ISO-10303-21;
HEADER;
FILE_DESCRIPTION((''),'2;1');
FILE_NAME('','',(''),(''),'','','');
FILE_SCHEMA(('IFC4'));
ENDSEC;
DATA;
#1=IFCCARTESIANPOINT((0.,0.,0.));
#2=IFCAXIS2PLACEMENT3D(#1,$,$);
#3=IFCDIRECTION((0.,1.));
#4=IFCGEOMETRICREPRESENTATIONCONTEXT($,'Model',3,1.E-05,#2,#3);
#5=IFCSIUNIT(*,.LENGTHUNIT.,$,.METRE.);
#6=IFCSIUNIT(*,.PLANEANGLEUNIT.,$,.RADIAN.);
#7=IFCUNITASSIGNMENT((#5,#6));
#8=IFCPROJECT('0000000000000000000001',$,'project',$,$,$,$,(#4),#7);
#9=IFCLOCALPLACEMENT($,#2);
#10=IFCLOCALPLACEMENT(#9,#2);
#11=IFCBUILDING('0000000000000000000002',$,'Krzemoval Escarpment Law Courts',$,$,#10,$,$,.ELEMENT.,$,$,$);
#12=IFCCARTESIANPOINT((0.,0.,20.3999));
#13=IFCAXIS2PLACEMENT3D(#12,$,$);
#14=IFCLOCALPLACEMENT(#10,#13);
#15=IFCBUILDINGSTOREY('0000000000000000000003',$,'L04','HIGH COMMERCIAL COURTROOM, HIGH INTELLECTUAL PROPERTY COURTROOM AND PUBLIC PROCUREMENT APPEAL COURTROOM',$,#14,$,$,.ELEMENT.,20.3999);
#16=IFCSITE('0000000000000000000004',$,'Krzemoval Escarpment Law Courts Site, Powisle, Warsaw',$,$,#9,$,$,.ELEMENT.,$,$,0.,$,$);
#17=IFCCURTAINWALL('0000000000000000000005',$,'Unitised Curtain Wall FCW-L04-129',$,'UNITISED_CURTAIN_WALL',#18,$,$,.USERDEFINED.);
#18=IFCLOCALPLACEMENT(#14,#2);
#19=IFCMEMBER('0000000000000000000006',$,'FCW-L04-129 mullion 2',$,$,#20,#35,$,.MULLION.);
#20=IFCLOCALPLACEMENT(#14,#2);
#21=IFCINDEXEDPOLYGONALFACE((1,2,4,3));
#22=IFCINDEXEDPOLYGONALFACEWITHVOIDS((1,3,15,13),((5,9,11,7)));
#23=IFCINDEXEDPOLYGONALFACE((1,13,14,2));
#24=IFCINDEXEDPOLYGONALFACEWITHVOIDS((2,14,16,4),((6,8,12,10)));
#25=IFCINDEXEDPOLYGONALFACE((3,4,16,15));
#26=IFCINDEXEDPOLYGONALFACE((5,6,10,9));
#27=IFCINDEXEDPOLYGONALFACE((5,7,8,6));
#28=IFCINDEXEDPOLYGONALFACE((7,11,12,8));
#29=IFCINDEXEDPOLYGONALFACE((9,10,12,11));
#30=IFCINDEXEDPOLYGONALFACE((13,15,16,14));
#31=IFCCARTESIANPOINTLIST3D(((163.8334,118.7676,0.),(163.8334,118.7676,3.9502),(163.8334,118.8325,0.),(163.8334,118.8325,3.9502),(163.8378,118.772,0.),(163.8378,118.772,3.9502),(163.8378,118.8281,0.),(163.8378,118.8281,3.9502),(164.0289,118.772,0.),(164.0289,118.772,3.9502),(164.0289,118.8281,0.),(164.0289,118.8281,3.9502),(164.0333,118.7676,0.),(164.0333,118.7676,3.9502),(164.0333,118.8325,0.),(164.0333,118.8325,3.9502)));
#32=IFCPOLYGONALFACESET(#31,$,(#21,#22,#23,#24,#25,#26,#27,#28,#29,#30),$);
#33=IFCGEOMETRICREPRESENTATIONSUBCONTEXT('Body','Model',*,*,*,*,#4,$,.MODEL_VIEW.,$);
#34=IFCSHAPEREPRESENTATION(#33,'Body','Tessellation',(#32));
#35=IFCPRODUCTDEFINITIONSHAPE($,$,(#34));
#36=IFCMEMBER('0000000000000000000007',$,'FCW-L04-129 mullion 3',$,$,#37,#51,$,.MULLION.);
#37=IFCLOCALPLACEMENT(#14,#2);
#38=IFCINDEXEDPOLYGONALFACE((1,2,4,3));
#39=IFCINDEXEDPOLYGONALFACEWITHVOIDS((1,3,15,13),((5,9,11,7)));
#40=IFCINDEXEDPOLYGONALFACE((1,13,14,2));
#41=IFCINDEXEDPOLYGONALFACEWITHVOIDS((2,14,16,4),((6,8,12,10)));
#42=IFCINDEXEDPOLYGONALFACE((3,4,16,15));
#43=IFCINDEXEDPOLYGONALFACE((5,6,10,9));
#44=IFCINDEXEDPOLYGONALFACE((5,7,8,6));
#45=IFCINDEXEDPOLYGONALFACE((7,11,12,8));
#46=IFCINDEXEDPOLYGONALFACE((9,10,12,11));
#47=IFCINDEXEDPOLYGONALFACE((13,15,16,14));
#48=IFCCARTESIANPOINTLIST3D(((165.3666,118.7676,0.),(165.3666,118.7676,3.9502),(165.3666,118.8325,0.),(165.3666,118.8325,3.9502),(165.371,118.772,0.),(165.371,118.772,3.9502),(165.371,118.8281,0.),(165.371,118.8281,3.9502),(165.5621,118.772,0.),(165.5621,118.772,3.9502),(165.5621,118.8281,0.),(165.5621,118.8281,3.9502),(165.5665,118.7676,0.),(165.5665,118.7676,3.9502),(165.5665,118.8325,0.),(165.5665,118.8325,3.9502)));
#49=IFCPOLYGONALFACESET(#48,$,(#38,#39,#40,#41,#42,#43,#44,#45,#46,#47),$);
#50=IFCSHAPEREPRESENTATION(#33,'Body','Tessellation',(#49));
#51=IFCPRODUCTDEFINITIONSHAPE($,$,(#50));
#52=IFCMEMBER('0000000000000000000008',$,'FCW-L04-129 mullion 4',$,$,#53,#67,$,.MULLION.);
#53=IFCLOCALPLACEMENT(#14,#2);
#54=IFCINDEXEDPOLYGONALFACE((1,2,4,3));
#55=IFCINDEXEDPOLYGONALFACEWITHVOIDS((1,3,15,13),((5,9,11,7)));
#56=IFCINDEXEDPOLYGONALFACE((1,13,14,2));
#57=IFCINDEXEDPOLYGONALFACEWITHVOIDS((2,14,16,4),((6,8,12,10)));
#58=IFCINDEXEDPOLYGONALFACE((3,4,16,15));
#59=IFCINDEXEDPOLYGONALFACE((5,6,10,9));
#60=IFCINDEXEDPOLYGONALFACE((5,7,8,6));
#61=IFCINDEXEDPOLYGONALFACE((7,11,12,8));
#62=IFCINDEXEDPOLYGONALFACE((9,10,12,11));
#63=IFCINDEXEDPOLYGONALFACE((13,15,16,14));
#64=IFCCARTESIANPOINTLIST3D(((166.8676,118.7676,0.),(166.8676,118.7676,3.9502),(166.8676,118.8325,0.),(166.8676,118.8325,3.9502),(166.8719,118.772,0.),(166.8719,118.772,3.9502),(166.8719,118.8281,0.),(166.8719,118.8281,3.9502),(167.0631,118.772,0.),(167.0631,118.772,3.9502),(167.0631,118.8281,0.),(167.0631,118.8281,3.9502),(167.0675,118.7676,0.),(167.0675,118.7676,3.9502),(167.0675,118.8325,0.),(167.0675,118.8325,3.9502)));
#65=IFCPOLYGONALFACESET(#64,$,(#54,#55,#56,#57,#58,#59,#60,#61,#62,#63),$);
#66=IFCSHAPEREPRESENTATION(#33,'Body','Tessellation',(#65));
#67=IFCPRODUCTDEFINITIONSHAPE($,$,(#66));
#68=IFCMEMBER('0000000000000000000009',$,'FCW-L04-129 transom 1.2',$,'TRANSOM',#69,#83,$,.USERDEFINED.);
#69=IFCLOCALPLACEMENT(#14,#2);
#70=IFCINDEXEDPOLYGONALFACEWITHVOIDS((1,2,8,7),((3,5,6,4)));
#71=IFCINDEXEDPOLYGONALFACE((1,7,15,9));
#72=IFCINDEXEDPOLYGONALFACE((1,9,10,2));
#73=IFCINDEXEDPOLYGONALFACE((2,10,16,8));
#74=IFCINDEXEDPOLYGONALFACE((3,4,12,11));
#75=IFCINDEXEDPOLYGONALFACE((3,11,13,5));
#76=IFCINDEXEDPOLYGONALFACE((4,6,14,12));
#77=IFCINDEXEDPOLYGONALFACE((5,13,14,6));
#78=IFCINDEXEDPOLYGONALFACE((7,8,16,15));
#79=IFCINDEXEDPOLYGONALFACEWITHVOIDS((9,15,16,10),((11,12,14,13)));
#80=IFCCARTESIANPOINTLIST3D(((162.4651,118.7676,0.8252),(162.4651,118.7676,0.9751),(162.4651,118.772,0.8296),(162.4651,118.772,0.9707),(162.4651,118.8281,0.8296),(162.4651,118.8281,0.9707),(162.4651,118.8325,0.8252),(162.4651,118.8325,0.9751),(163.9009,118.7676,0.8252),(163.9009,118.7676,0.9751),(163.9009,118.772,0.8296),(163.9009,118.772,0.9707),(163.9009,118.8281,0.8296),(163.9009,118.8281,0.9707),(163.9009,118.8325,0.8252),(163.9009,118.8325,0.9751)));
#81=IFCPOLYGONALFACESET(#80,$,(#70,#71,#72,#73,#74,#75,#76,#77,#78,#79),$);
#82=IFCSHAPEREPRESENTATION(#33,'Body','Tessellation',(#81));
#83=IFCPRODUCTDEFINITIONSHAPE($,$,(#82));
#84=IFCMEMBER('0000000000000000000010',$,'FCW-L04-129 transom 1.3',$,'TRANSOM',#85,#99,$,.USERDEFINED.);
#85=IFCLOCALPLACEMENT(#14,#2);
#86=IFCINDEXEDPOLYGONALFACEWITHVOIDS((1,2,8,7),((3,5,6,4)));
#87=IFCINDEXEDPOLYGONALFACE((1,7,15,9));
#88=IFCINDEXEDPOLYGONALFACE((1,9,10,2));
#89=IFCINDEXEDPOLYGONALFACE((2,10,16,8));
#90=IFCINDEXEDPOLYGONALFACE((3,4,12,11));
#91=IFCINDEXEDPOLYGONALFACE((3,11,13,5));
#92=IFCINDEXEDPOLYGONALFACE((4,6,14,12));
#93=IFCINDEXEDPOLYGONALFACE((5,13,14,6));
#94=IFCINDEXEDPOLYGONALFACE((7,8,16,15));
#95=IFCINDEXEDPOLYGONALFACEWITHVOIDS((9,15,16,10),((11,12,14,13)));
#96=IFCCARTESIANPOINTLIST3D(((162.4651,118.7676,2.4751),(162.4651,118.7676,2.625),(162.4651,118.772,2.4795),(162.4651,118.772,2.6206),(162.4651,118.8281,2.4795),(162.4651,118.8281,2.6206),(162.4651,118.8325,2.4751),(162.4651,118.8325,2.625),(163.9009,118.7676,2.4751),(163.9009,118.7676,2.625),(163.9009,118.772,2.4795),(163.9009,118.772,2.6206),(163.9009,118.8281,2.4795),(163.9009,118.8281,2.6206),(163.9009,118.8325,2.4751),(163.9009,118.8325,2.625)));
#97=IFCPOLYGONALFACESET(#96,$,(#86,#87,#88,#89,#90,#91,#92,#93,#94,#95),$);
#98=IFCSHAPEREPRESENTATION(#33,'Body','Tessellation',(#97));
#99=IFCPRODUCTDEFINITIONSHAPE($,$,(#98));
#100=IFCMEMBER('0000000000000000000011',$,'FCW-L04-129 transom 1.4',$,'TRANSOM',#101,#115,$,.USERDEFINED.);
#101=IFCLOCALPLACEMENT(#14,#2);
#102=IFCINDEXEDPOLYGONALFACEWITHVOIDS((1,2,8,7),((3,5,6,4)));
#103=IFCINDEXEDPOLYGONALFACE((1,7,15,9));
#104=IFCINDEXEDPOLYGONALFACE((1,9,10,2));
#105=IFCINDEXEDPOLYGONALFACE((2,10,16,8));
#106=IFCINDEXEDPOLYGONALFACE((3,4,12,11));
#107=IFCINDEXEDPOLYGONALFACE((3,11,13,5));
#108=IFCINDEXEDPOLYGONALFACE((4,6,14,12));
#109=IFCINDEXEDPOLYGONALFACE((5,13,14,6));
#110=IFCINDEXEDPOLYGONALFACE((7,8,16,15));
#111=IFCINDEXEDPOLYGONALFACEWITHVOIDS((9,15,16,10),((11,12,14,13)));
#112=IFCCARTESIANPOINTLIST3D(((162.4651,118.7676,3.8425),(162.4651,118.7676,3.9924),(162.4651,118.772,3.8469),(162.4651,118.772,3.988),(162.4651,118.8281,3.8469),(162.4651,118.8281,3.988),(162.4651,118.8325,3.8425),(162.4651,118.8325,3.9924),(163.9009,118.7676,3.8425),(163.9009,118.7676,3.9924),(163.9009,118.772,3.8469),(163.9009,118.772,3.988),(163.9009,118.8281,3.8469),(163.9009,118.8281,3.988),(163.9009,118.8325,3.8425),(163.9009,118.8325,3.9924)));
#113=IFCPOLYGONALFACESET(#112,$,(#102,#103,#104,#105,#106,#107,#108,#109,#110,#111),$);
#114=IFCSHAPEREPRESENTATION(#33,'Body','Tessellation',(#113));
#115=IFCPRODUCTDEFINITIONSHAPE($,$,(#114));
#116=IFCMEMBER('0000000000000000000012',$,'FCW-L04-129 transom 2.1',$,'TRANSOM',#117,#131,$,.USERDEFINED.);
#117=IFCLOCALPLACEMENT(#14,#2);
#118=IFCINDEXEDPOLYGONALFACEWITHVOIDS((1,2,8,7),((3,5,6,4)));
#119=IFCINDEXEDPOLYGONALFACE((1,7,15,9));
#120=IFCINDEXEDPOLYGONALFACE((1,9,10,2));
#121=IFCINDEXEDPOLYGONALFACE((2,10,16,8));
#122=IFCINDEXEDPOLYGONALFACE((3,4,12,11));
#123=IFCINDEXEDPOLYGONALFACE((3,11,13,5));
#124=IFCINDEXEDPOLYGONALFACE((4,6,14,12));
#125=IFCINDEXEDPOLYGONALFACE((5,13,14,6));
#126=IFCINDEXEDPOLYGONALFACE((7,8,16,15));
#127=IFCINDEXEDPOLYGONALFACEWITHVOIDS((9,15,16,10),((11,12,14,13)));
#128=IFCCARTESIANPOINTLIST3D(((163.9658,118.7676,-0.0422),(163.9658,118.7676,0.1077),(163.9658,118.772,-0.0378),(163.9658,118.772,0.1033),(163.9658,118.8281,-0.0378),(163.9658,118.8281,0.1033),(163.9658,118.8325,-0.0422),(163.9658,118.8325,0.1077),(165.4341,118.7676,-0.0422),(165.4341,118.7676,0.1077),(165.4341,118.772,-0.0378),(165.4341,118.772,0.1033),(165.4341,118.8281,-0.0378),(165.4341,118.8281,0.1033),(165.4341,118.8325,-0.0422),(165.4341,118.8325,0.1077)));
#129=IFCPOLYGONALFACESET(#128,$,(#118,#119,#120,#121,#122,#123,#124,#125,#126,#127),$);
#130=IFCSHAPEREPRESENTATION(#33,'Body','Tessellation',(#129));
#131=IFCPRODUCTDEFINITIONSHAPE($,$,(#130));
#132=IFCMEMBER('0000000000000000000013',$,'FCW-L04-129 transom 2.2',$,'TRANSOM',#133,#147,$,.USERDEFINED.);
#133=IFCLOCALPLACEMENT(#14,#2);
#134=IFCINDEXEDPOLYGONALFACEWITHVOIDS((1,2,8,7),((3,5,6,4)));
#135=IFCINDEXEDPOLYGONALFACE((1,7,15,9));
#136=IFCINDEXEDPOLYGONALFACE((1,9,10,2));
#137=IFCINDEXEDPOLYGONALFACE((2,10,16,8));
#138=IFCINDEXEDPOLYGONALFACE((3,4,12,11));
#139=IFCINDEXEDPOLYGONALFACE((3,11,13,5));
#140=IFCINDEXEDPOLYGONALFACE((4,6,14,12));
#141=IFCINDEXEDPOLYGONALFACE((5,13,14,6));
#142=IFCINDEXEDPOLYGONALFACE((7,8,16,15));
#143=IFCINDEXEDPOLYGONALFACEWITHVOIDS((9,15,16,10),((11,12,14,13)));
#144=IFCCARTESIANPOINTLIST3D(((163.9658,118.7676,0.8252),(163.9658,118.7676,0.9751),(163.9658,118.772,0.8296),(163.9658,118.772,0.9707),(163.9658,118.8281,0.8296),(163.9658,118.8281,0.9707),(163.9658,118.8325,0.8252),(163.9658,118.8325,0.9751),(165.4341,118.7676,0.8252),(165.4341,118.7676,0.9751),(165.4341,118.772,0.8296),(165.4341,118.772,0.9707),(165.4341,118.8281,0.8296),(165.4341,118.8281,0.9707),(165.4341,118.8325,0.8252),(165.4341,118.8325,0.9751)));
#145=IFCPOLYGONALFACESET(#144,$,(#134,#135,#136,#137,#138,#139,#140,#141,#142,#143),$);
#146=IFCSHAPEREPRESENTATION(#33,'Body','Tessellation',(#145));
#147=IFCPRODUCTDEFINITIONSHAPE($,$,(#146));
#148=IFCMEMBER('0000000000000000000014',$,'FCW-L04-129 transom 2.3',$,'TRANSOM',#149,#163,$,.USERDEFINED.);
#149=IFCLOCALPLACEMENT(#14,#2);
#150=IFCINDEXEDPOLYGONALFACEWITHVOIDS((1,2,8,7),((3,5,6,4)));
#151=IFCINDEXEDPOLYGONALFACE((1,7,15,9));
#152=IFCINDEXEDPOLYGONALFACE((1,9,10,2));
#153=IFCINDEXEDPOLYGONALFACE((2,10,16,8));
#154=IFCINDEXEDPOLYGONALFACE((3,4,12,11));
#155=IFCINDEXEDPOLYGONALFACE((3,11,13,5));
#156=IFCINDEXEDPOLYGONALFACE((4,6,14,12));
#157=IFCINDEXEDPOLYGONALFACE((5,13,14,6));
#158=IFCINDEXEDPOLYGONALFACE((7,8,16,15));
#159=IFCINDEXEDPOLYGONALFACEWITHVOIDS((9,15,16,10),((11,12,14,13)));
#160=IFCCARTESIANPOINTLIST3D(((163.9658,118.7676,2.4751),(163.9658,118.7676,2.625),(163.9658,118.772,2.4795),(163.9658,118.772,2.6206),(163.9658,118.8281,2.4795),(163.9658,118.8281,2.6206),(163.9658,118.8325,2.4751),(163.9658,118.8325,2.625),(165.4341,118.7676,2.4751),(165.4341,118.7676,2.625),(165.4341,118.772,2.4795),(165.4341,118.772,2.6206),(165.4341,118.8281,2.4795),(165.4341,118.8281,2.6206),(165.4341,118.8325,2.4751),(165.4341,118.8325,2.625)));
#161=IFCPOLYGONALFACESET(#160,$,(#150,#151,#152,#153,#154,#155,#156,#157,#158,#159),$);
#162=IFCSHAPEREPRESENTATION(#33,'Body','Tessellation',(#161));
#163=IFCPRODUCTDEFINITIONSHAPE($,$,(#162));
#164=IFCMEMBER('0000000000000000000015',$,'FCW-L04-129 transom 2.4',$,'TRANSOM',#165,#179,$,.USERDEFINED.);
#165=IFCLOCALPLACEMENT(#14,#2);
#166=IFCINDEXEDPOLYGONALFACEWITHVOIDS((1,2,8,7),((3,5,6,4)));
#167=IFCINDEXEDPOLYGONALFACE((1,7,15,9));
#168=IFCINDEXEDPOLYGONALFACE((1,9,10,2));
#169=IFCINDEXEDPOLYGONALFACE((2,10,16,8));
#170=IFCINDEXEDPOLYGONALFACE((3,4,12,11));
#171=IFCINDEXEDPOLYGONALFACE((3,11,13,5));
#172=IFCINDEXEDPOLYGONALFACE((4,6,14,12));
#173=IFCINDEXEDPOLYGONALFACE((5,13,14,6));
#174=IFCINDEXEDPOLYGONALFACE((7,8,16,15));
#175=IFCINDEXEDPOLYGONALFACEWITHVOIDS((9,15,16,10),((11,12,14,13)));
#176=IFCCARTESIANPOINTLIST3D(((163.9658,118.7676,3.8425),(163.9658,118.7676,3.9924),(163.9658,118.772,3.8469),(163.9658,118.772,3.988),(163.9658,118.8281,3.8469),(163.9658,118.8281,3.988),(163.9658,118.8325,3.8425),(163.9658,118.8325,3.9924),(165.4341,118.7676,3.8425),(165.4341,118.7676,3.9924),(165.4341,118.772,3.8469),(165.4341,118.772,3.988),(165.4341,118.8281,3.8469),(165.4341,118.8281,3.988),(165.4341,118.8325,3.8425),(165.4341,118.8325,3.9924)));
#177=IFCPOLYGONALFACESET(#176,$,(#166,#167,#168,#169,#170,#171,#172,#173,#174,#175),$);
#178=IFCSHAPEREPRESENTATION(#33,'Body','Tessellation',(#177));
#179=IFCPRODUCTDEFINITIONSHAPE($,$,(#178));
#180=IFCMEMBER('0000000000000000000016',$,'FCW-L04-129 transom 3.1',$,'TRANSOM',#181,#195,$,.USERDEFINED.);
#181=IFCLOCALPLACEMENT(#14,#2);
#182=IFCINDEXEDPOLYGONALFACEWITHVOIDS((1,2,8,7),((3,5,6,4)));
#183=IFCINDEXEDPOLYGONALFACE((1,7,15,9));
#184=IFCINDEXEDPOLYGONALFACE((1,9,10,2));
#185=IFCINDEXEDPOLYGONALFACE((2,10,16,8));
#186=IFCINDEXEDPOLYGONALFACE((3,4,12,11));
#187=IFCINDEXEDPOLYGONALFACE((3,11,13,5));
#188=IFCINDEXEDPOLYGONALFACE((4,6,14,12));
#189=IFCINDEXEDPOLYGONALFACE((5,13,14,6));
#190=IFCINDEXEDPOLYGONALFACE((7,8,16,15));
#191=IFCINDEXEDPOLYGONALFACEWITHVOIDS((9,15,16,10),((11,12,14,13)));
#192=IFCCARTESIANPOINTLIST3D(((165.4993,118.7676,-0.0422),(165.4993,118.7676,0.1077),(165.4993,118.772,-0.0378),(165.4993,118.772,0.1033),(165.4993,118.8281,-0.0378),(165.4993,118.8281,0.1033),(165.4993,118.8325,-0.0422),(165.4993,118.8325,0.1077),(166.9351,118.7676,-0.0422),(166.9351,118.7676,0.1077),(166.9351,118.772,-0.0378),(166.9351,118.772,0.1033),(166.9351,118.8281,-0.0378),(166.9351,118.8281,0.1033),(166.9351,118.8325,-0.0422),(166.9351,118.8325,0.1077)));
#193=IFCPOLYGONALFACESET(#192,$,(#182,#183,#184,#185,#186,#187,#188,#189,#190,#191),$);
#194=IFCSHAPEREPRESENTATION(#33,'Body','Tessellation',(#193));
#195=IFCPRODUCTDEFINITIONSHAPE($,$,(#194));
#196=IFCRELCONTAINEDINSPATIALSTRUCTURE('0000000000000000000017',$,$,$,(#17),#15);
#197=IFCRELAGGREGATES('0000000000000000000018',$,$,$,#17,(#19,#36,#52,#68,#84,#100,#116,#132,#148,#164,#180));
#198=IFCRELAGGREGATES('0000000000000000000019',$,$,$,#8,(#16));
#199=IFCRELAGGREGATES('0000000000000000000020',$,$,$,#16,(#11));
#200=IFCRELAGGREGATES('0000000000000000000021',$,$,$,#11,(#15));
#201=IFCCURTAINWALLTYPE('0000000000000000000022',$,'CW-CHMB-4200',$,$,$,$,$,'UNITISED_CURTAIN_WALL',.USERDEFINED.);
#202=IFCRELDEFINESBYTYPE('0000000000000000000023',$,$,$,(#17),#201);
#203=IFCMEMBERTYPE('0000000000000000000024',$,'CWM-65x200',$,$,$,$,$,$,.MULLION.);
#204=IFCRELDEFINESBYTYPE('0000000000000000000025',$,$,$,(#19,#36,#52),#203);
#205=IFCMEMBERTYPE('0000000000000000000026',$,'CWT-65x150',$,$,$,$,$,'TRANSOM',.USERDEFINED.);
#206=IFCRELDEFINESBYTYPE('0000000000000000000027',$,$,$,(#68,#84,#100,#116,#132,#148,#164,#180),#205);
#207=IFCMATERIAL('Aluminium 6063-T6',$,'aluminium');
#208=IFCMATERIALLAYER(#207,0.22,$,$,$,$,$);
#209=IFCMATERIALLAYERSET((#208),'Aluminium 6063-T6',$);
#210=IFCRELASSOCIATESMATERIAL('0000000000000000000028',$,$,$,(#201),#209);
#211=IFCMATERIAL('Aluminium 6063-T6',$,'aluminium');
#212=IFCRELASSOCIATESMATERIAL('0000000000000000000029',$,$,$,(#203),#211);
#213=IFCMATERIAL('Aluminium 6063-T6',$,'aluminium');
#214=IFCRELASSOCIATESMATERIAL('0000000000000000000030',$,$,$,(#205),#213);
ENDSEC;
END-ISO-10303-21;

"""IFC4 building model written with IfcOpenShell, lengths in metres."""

from ifc_helpers import new_model, si_unit, direction, frame, origin, origin_2d, place, context, subcontext, project, spatial, hollow_rectangle, extrude, material, layer, layer_set, material_profile, profile_set, type_object, element, aggregate, save


model = new_model("IFC4")

# Units and contexts
model_context = context("Model", 3, precision=1e-05, world=origin(), true_north=direction((0.0, 1.0)))
body_context = subcontext(model_context, "Body", "Model", "MODEL_VIEW")
ifc_project = project(units=[si_unit("LENGTHUNIT", "METRE"), si_unit("PLANEANGLEUNIT", "RADIAN")], contexts=[model_context])

# Site, building, storey
site_placement = place(None, origin())
site = spatial("IfcSite", under=ifc_project, at=site_placement, Name="Krzemoval Escarpment Law Courts Site, Powisle, Warsaw", CompositionType="ELEMENT", RefElevation=0.0)
building_placement = place(site_placement, origin())
building = spatial("IfcBuilding", under=site, at=building_placement, Name="Krzemoval Escarpment Law Courts", CompositionType="ELEMENT")
storey_placement = place(building_placement, frame((0.0, 0.0, 20.3999)))
storey = spatial("IfcBuildingStorey", under=building, at=storey_placement, Name="L04", Description="HIGH COMMERCIAL COURTROOM, HIGH INTELLECTUAL PROPERTY COURTROOM AND PUBLIC PROCUREMENT APPEAL COURTROOM", CompositionType="ELEMENT", Elevation=20.3999)

# Curtain wall, members
ifc_material_1 = material(Name="Aluminium 6063-T6", Category="aluminium")
ifc_layer_1 = layer(ifc_material_1, 0.22)
ifc_layer_set_1 = layer_set([ifc_layer_1], Name="Aluminium 6063-T6")
curtain_wall_type = type_object("IfcCurtainWallType", Name="CW-CHMB-4200", ElementType="UNITISED_CURTAIN_WALL", PredefinedType="USERDEFINED", material=ifc_layer_set_1)
curtain_wall_placement = place(storey_placement, origin())
curtain_wall = element("IfcCurtainWall", 1, at=curtain_wall_placement, inside=storey, type_object=curtain_wall_type, Name="Unitised Curtain Wall FCW-L04-129", ObjectType="UNITISED_CURTAIN_WALL", PredefinedType="USERDEFINED")
ifc_material_2 = material(Name="Aluminium 6063-T6", Category="aluminium")
ifc_material_profile_1 = material_profile(ifc_material_2, hollow_rectangle(XDim=0.0649, YDim=0.2, WallThickness=0.0044, at=origin_2d()), Name="ALU M65x200")
ifc_profile_set_1 = profile_set([ifc_material_profile_1], Name="Aluminium 6063-T6")
member_type_1 = type_object("IfcMemberType", Name="CWM-65x200", PredefinedType="MULLION", material=ifc_profile_set_1)
member_1_placement = place(storey_placement, frame((163.9333, 118.8, 0.0), z_axis=(0.0, 0.0, 1.0), x_axis=(0.0, 1.0, 0.0)))
member_1 = element("IfcMember", 2, at=member_1_placement, type_object=member_type_1, Name="FCW-L04-129 mullion 2", PredefinedType="MULLION", context=body_context, shape_type="SweptSolid", body=[
    extrude(hollow_rectangle(XDim=0.0649, YDim=0.2, WallThickness=0.0044, at=origin_2d()), origin(), (0.0, 0.0, 1.0), 3.9502),
])
member_2_placement = place(storey_placement, frame((165.4666, 118.8, 0.0), z_axis=(0.0, 0.0, 1.0), x_axis=(0.0, 1.0, 0.0)))
member_2 = element("IfcMember", 3, at=member_2_placement, type_object=member_type_1, Name="FCW-L04-129 mullion 3", PredefinedType="MULLION", context=body_context, shape_type="SweptSolid", body=[
    extrude(hollow_rectangle(XDim=0.0649, YDim=0.2, WallThickness=0.0044, at=origin_2d()), origin(), (0.0, 0.0, 1.0), 3.9502),
])
member_3_placement = place(storey_placement, frame((166.9675, 118.8, 0.0), z_axis=(0.0, 0.0, 1.0), x_axis=(0.0, 1.0, 0.0)))
member_3 = element("IfcMember", 4, at=member_3_placement, type_object=member_type_1, Name="FCW-L04-129 mullion 4", PredefinedType="MULLION", context=body_context, shape_type="SweptSolid", body=[
    extrude(hollow_rectangle(XDim=0.0649, YDim=0.2, WallThickness=0.0044, at=origin_2d()), origin(), (0.0, 0.0, 1.0), 3.9502),
])
ifc_material_3 = material(Name="Aluminium 6063-T6", Category="aluminium")
ifc_material_profile_2 = material_profile(ifc_material_3, hollow_rectangle(XDim=0.0649, YDim=0.1499, WallThickness=0.0044, at=origin_2d()), Name="ALU T65x150")
ifc_profile_set_2 = profile_set([ifc_material_profile_2], Name="Aluminium 6063-T6")
member_type_2 = type_object("IfcMemberType", Name="CWT-65x150", ElementType="TRANSOM", PredefinedType="USERDEFINED", material=ifc_profile_set_2)
member_4_placement = place(storey_placement, frame((162.4651, 118.8, 0.9001), z_axis=(1.0, 0.0, 0.0), x_axis=(0.0, 1.0, 0.0)))
member_4 = element("IfcMember", 5, at=member_4_placement, type_object=member_type_2, Name="FCW-L04-129 transom 1.2", ObjectType="TRANSOM", PredefinedType="USERDEFINED", context=body_context, shape_type="SweptSolid", body=[
    extrude(hollow_rectangle(XDim=0.0649, YDim=0.1499, WallThickness=0.0044, at=origin_2d()), origin(), (0.0, 0.0, 1.0), 1.4358),
])
member_5_placement = place(storey_placement, frame((162.4651, 118.8, 2.55), z_axis=(1.0, 0.0, 0.0), x_axis=(0.0, 1.0, 0.0)))
member_5 = element("IfcMember", 6, at=member_5_placement, type_object=member_type_2, Name="FCW-L04-129 transom 1.3", ObjectType="TRANSOM", PredefinedType="USERDEFINED", context=body_context, shape_type="SweptSolid", body=[
    extrude(hollow_rectangle(XDim=0.0649, YDim=0.1499, WallThickness=0.0044, at=origin_2d()), origin(), (0.0, 0.0, 1.0), 1.4358),
])
member_6_placement = place(storey_placement, frame((162.4651, 118.8, 3.9175), z_axis=(1.0, 0.0, 0.0), x_axis=(0.0, 1.0, 0.0)))
member_6 = element("IfcMember", 7, at=member_6_placement, type_object=member_type_2, Name="FCW-L04-129 transom 1.4", ObjectType="TRANSOM", PredefinedType="USERDEFINED", context=body_context, shape_type="SweptSolid", body=[
    extrude(hollow_rectangle(XDim=0.0649, YDim=0.1499, WallThickness=0.0044, at=origin_2d()), origin(), (0.0, 0.0, 1.0), 1.4358),
])
member_7_placement = place(storey_placement, frame((163.9658, 118.8, 0.0327), z_axis=(1.0, 0.0, 0.0), x_axis=(0.0, 1.0, 0.0)))
member_7 = element("IfcMember", 8, at=member_7_placement, type_object=member_type_2, Name="FCW-L04-129 transom 2.1", ObjectType="TRANSOM", PredefinedType="USERDEFINED", context=body_context, shape_type="SweptSolid", body=[
    extrude(hollow_rectangle(XDim=0.0649, YDim=0.1499, WallThickness=0.0044, at=origin_2d()), origin(), (0.0, 0.0, 1.0), 1.4683),
])
member_8_placement = place(storey_placement, frame((163.9658, 118.8, 0.9001), z_axis=(1.0, 0.0, 0.0), x_axis=(0.0, 1.0, 0.0)))
member_8 = element("IfcMember", 9, at=member_8_placement, type_object=member_type_2, Name="FCW-L04-129 transom 2.2", ObjectType="TRANSOM", PredefinedType="USERDEFINED", context=body_context, shape_type="SweptSolid", body=[
    extrude(hollow_rectangle(XDim=0.0649, YDim=0.1499, WallThickness=0.0044, at=origin_2d()), origin(), (0.0, 0.0, 1.0), 1.4683),
])
member_9_placement = place(storey_placement, frame((163.9658, 118.8, 2.55), z_axis=(1.0, 0.0, 0.0), x_axis=(0.0, 1.0, 0.0)))
member_9 = element("IfcMember", 10, at=member_9_placement, type_object=member_type_2, Name="FCW-L04-129 transom 2.3", ObjectType="TRANSOM", PredefinedType="USERDEFINED", context=body_context, shape_type="SweptSolid", body=[
    extrude(hollow_rectangle(XDim=0.0649, YDim=0.1499, WallThickness=0.0044, at=origin_2d()), origin(), (0.0, 0.0, 1.0), 1.4683),
])
member_10_placement = place(storey_placement, frame((163.9658, 118.8, 3.9175), z_axis=(1.0, 0.0, 0.0), x_axis=(0.0, 1.0, 0.0)))
member_10 = element("IfcMember", 11, at=member_10_placement, type_object=member_type_2, Name="FCW-L04-129 transom 2.4", ObjectType="TRANSOM", PredefinedType="USERDEFINED", context=body_context, shape_type="SweptSolid", body=[
    extrude(hollow_rectangle(XDim=0.0649, YDim=0.1499, WallThickness=0.0044, at=origin_2d()), origin(), (0.0, 0.0, 1.0), 1.4683),
])
member_11_placement = place(storey_placement, frame((165.4993, 118.8, 0.0327), z_axis=(1.0, 0.0, 0.0), x_axis=(0.0, 1.0, 0.0)))
member_11 = element("IfcMember", 12, at=member_11_placement, type_object=member_type_2, Name="FCW-L04-129 transom 3.1", ObjectType="TRANSOM", PredefinedType="USERDEFINED", context=body_context, shape_type="SweptSolid", body=[
    extrude(hollow_rectangle(XDim=0.0649, YDim=0.1499, WallThickness=0.0044, at=origin_2d()), origin(), (0.0, 0.0, 1.0), 1.4358),
])
aggregate(curtain_wall, [member_1, member_2, member_3, member_4, member_5, member_6, member_7, member_8, member_9, member_10, member_11])

save(model, "model.ifc")
